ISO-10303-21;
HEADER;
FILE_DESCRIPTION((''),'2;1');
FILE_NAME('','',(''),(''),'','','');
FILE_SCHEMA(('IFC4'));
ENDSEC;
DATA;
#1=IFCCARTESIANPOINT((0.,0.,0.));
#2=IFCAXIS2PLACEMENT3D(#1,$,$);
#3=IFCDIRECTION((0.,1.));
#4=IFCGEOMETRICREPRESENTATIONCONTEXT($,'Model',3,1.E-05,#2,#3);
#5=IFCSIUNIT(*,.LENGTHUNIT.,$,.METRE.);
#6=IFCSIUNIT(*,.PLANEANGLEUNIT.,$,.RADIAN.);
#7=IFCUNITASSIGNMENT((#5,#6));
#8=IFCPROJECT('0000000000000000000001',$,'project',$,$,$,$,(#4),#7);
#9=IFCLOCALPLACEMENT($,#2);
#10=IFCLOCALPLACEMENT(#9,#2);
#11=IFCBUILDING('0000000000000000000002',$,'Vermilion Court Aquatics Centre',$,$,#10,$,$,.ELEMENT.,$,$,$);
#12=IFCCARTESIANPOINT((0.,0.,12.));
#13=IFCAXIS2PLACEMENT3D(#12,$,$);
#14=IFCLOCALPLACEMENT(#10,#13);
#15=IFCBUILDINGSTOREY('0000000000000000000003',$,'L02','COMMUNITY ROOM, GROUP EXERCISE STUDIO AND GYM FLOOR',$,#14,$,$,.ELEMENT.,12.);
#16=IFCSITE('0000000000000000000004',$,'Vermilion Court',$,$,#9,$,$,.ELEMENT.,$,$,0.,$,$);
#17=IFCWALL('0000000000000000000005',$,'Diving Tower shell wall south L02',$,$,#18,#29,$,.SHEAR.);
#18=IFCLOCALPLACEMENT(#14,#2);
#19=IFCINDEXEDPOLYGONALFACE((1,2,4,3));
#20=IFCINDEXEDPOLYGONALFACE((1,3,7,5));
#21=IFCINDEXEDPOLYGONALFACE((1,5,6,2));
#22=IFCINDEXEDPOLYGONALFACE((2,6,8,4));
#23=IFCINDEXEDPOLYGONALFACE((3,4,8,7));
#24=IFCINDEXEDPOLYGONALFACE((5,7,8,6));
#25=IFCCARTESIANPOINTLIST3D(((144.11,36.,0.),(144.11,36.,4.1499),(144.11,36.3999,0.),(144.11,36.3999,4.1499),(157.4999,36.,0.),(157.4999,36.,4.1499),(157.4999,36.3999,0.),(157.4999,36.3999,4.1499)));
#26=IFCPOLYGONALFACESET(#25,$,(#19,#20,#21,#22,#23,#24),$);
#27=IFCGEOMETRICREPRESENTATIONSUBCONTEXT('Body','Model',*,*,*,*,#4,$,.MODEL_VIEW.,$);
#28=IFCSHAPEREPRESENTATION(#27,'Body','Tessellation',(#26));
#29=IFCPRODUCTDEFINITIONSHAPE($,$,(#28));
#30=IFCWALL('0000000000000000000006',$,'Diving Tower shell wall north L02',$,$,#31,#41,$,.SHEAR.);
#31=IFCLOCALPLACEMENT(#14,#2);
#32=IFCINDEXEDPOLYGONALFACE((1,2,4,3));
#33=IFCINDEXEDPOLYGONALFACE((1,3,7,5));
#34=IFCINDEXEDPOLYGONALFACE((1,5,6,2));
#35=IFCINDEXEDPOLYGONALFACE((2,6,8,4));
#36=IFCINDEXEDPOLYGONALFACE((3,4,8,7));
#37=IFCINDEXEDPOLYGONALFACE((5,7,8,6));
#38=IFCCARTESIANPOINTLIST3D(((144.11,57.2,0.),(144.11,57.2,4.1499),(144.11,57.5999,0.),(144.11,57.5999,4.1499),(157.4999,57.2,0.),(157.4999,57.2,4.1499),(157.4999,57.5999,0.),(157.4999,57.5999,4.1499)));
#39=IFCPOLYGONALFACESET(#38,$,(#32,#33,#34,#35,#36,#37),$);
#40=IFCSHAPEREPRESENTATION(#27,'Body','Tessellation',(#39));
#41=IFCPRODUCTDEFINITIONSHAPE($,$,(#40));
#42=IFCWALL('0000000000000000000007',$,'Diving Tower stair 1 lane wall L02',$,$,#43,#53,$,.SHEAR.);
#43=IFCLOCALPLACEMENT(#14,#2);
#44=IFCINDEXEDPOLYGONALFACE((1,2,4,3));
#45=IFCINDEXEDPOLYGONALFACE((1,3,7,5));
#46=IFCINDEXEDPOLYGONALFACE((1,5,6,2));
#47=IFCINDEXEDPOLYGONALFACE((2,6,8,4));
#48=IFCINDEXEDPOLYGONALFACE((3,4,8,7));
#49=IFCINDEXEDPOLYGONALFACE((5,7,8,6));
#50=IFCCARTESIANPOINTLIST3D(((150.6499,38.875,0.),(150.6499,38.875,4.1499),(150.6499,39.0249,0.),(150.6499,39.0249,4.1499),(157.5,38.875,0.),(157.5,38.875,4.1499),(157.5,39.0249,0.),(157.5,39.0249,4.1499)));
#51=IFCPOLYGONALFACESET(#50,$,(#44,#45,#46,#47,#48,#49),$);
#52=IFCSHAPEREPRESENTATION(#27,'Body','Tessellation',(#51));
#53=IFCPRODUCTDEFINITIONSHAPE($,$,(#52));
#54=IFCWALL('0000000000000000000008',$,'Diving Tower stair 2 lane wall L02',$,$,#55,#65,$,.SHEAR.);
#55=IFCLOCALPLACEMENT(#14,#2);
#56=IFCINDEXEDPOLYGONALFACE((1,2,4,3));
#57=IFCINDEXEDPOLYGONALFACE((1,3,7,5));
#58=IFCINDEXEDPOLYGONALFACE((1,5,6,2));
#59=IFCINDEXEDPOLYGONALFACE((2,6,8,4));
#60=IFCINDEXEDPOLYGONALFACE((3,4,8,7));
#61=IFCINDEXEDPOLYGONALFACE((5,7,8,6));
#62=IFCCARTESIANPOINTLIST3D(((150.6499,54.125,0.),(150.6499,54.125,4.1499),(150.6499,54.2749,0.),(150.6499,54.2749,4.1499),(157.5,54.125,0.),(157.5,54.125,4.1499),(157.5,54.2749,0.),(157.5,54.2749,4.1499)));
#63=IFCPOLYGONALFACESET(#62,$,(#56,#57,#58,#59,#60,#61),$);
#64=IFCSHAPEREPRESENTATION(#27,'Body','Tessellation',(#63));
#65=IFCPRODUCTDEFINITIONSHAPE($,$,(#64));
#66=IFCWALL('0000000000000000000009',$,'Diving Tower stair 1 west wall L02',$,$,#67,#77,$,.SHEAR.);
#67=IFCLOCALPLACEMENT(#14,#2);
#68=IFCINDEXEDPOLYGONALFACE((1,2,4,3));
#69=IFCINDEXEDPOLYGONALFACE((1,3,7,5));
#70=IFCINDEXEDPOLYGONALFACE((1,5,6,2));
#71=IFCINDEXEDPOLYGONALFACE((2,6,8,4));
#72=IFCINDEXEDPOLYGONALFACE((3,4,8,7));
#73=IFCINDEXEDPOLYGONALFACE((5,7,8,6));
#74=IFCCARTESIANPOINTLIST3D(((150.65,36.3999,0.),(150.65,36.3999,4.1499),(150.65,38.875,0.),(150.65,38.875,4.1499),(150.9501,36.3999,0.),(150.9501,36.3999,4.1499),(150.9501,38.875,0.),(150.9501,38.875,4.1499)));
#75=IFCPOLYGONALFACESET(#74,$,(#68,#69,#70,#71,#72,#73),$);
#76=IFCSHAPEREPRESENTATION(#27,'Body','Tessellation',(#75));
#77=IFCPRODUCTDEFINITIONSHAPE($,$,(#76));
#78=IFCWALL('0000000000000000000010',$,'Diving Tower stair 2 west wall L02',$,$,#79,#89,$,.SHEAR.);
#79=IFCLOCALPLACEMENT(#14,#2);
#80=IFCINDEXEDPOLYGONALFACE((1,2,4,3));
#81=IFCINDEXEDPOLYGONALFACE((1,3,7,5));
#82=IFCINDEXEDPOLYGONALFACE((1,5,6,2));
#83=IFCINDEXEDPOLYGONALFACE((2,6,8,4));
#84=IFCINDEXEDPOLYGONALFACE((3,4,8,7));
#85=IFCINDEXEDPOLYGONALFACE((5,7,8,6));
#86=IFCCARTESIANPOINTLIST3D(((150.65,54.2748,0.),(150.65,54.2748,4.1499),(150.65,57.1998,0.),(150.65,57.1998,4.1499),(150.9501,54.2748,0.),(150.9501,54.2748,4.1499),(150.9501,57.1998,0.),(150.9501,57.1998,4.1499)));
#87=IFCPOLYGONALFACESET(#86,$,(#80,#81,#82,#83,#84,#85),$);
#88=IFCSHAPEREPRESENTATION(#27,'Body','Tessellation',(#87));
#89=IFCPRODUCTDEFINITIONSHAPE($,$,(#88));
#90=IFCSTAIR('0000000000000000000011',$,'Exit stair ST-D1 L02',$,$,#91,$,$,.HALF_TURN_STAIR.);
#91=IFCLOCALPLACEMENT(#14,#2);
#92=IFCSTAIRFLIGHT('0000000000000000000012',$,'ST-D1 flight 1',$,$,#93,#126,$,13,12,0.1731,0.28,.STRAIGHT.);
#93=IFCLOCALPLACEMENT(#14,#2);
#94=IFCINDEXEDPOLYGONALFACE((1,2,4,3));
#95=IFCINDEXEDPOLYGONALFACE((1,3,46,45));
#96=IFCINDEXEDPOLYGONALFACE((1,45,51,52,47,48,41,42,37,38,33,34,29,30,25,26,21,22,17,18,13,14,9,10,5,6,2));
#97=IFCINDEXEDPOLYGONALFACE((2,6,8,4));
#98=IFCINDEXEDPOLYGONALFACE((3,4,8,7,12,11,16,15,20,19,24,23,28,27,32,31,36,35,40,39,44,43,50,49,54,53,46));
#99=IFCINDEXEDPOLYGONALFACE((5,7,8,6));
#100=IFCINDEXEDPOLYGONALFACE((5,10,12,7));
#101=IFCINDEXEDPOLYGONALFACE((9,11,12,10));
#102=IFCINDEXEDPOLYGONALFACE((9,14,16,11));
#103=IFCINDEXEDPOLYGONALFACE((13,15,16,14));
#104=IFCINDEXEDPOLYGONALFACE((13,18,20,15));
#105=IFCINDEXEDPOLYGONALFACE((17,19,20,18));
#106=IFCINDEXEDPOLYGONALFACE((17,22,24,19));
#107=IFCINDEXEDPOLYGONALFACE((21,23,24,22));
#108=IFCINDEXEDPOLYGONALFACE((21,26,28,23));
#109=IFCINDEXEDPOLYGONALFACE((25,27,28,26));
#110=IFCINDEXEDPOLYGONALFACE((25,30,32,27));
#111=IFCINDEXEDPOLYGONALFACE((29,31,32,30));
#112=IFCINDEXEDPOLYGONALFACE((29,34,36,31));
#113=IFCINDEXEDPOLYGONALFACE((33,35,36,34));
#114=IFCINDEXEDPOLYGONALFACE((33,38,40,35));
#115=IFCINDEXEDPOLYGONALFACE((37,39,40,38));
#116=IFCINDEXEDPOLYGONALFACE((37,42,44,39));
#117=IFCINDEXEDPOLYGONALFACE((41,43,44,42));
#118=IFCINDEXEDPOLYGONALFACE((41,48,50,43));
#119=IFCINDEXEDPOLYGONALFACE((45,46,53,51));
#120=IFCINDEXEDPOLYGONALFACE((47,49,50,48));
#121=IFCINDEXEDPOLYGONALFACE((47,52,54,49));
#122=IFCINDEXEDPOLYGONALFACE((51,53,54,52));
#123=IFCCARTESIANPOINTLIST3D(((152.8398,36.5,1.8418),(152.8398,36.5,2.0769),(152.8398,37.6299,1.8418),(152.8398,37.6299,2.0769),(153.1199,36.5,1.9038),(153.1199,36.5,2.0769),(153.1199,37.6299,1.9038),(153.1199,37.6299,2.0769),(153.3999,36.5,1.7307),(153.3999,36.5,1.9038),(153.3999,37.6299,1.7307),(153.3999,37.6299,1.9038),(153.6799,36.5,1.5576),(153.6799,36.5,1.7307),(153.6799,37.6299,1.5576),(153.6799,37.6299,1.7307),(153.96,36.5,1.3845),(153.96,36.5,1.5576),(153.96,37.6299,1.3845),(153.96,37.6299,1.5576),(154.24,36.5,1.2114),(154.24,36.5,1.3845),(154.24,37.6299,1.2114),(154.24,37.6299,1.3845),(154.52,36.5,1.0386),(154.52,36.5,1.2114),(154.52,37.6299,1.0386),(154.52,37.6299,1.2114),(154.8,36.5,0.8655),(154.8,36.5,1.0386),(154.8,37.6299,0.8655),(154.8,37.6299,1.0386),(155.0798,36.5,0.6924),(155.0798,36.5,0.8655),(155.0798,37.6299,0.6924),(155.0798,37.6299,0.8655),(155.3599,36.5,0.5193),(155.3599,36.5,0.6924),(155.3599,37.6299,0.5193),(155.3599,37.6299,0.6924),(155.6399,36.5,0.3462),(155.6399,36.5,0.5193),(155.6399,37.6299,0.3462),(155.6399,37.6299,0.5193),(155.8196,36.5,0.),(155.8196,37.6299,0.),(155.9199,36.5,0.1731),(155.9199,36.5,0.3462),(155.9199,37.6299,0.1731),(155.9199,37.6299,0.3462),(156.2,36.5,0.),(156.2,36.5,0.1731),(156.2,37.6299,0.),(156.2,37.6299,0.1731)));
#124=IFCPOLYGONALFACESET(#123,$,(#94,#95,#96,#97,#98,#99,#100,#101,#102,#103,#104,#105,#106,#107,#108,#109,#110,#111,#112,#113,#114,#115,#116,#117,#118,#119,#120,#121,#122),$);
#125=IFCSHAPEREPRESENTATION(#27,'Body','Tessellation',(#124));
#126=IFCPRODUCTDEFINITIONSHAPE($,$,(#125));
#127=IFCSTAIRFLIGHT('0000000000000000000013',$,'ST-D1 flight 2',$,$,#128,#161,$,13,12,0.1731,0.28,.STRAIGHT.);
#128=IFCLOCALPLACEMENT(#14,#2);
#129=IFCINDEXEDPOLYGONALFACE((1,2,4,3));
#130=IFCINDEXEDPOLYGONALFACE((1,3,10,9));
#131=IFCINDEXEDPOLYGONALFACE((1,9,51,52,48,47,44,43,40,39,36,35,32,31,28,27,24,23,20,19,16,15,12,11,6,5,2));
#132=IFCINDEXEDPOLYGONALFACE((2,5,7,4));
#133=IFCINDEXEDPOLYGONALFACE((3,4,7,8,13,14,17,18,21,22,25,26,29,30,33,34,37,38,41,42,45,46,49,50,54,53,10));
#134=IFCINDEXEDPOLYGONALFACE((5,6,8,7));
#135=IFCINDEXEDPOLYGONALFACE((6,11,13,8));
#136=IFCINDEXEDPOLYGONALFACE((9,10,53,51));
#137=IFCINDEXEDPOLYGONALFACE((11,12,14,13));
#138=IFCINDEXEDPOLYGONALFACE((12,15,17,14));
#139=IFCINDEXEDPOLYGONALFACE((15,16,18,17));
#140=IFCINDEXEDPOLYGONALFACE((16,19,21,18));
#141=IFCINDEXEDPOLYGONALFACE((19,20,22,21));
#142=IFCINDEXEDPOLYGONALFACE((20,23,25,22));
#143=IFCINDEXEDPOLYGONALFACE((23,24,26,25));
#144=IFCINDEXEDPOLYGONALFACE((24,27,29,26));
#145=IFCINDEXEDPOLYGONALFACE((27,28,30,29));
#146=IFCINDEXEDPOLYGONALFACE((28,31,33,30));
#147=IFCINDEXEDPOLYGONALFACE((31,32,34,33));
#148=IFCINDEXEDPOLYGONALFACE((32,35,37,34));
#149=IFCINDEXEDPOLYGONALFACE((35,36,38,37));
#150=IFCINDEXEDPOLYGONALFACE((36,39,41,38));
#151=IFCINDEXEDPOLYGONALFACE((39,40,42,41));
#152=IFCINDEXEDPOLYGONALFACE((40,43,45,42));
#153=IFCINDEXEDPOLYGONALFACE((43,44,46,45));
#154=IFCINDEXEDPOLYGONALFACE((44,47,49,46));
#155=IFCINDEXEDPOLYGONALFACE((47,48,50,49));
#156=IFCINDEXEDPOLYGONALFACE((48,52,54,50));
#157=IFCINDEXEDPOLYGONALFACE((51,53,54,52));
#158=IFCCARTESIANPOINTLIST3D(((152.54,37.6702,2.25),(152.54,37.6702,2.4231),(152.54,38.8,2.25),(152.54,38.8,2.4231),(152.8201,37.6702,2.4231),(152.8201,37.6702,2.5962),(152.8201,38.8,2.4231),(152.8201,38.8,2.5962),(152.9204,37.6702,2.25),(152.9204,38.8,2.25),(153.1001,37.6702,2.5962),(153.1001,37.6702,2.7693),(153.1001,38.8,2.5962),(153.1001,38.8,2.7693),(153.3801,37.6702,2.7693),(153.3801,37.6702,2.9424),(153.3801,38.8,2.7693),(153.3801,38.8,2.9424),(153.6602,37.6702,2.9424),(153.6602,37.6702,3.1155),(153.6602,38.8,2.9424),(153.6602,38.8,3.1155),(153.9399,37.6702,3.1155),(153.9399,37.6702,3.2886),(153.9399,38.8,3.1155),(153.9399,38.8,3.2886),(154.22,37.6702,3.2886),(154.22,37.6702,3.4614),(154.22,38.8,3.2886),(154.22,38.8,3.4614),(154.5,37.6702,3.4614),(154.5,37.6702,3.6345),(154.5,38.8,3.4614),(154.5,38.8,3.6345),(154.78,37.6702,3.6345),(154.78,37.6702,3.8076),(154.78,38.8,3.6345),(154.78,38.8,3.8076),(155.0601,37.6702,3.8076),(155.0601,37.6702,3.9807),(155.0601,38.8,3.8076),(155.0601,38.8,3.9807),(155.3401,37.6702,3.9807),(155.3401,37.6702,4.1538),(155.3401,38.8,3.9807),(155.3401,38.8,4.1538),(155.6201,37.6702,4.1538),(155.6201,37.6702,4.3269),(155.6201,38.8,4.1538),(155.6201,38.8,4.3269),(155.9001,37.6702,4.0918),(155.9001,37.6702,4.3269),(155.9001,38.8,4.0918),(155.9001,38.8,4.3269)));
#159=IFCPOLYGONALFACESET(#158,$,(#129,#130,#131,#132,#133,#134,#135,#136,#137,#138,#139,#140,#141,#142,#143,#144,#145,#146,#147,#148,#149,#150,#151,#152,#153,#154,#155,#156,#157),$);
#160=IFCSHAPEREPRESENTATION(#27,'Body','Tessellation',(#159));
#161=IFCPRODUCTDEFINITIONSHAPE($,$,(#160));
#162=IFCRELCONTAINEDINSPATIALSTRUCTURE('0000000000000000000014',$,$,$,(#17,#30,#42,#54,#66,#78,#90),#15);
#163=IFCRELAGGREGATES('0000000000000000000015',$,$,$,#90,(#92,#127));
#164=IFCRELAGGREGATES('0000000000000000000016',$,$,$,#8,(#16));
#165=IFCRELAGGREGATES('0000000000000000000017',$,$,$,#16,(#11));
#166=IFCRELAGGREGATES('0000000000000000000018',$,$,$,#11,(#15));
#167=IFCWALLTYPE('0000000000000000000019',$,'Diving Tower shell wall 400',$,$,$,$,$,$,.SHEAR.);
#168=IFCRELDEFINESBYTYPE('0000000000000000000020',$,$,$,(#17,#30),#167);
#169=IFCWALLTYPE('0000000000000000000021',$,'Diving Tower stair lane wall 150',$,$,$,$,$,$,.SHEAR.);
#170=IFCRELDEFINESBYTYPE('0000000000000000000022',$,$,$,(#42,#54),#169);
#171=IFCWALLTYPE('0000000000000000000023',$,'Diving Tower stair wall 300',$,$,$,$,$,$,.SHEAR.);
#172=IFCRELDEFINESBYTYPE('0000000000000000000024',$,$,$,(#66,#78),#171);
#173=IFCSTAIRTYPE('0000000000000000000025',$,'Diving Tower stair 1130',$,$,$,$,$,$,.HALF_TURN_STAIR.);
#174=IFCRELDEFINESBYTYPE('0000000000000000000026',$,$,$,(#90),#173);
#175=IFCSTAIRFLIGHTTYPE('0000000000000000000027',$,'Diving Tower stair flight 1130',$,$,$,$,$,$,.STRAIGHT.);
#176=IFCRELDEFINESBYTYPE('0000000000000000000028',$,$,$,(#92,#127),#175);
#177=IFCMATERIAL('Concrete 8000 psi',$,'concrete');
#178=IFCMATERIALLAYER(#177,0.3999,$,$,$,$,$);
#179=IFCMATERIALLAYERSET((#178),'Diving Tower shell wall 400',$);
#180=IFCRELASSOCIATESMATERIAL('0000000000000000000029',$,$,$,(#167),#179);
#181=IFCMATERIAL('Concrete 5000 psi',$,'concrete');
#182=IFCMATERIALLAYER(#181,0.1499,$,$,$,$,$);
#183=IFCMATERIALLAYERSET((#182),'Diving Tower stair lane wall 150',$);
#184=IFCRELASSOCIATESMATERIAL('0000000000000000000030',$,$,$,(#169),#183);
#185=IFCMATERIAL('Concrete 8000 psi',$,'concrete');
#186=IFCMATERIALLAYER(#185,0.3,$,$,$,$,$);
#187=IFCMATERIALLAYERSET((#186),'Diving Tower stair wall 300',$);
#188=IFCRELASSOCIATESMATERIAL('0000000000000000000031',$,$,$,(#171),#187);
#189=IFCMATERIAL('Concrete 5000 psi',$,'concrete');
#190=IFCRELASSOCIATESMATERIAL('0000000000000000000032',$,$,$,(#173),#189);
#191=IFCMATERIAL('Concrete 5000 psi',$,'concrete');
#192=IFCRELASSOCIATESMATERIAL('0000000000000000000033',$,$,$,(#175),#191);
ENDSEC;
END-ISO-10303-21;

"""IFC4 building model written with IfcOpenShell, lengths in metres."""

from ifc_helpers import new_model, si_unit, direction, frame, frame_2d, origin, place, context, subcontext, project, spatial, polyline, rectangle, outline, extrude, material, layer, layer_set, type_object, element, aggregate, save


model = new_model("IFC4")

# Units and contexts
model_context = context("Model", 3, precision=1e-05, world=origin(), true_north=direction((0.0, 1.0)))
body_context = subcontext(model_context, "Body", "Model", "MODEL_VIEW")
ifc_project = project(units=[si_unit("LENGTHUNIT", "METRE"), si_unit("PLANEANGLEUNIT", "RADIAN")], contexts=[model_context])

# Site, building, storey
site_placement = place(None, origin())
site = spatial("IfcSite", under=ifc_project, at=site_placement, Name="Vermilion Court", CompositionType="ELEMENT", RefElevation=0.0)
building_placement = place(site_placement, origin())
building = spatial("IfcBuilding", under=site, at=building_placement, Name="Vermilion Court Aquatics Centre", CompositionType="ELEMENT")
storey_placement = place(building_placement, frame((0.0, 0.0, 12.0)))
storey = spatial("IfcBuildingStorey", under=building, at=storey_placement, Name="L02", Description="COMMUNITY ROOM, GROUP EXERCISE STUDIO AND GYM FLOOR", CompositionType="ELEMENT", Elevation=12.0)

# Walls
ifc_material_1 = material(Name="Concrete 8000 psi", Category="concrete")
ifc_layer_1 = layer(ifc_material_1, 0.3999)
ifc_layer_set_1 = layer_set([ifc_layer_1], Name="Diving Tower shell wall 400")
wall_type_1 = type_object("IfcWallType", Name="Diving Tower shell wall 400", PredefinedType="SHEAR", material=ifc_layer_set_1)
for number, where, z_axis, x_axis, name in (
    (1, (144.1101, 36.2, 0.0), (0.0, 0.0, 1.0), (1.0, 0.0, 0.0), "Diving Tower shell wall south L02"),
    (2, (144.1101, 57.3999, 0.0), (0.0, 0.0, 1.0), (1.0, 0.0, 0.0), "Diving Tower shell wall north L02"),
):
    element("IfcWall", number, at=place(storey_placement, frame(where, z_axis=z_axis, x_axis=x_axis)), inside=storey, type_object=wall_type_1, Name=name, PredefinedType="SHEAR", context=body_context, shape_type="SweptSolid", body=[
        extrude(rectangle(XDim=13.3899, YDim=0.3999, at=frame_2d((6.6948, 0.0))), origin(), (0.0, 0.0, 1.0), 4.1499),
    ])
ifc_material_2 = material(Name="Concrete 5000 psi", Category="concrete")
ifc_layer_2 = layer(ifc_material_2, 0.1499)
ifc_layer_set_2 = layer_set([ifc_layer_2], Name="Diving Tower stair lane wall 150")
wall_type_2 = type_object("IfcWallType", Name="Diving Tower stair lane wall 150", PredefinedType="SHEAR", material=ifc_layer_set_2)
for number, where, z_axis, x_axis, name in (
    (3, (150.6499, 38.95, 0.0), (0.0, 0.0, 1.0), (1.0, 0.0, 0.0), "Diving Tower stair 1 lane wall L02"),
    (4, (150.6499, 54.2, 0.0), (0.0, 0.0, 1.0), (1.0, 0.0, 0.0), "Diving Tower stair 2 lane wall L02"),
):
    element("IfcWall", number, at=place(storey_placement, frame(where, z_axis=z_axis, x_axis=x_axis)), inside=storey, type_object=wall_type_2, Name=name, PredefinedType="SHEAR", context=body_context, shape_type="SweptSolid", body=[
        extrude(rectangle(XDim=6.8501, YDim=0.1499, at=frame_2d((3.425, 0.0))), origin(), (0.0, 0.0, 1.0), 4.1499),
    ])
ifc_material_3 = material(Name="Concrete 8000 psi", Category="concrete")
ifc_layer_3 = layer(ifc_material_3, 0.3)
ifc_layer_set_3 = layer_set([ifc_layer_3], Name="Diving Tower stair wall 300")
wall_type_3 = type_object("IfcWallType", Name="Diving Tower stair wall 300", PredefinedType="SHEAR", material=ifc_layer_set_3)
wall_1_placement = place(storey_placement, frame((150.8, 36.3999, 0.0), z_axis=(0.0, 0.0, 1.0), x_axis=(0.0, 1.0, 0.0)))
element("IfcWall", 5, at=wall_1_placement, inside=storey, type_object=wall_type_3, Name="Diving Tower stair 1 west wall L02", PredefinedType="SHEAR", context=body_context, shape_type="SweptSolid", body=[
    extrude(rectangle(XDim=2.4751, YDim=0.3, at=frame_2d((1.2375, 0.0))), origin(), (0.0, 0.0, 1.0), 4.1499),
])
wall_2_placement = place(storey_placement, frame((150.8, 54.2749, 0.0), z_axis=(0.0, 0.0, 1.0), x_axis=(0.0, 1.0, 0.0)))
element("IfcWall", 6, at=wall_2_placement, inside=storey, type_object=wall_type_3, Name="Diving Tower stair 2 west wall L02", PredefinedType="SHEAR", context=body_context, shape_type="SweptSolid", body=[
    extrude(rectangle(XDim=2.925, YDim=0.3, at=frame_2d((1.4624, 0.0))), origin(), (0.0, 0.0, 1.0), 4.1499),
])

# Stair, stair flights
ifc_material_4 = material(Name="Concrete 5000 psi", Category="concrete")
stair_type = type_object("IfcStairType", Name="Diving Tower stair 1130", PredefinedType="HALF_TURN_STAIR", material=ifc_material_4)
stair_1_placement = place(storey_placement, origin())
stair_1 = element("IfcStair", 7, at=stair_1_placement, inside=storey, type_object=stair_type, Name="Exit stair ST-D1 L02", PredefinedType="HALF_TURN_STAIR")
ifc_material_5 = material(Name="Concrete 5000 psi", Category="concrete")
stair_flight_type = type_object("IfcStairFlightType", Name="Diving Tower stair flight 1130", PredefinedType="STRAIGHT", material=ifc_material_5)
stair_flight_1_placement = place(storey_placement, frame((156.2, 37.0649, 0.0), z_axis=(0.0, 0.0, 1.0), x_axis=(-1.0, 0.0, 0.0)))
stair_flight_1 = element("IfcStairFlight", 8, at=stair_flight_1_placement, type_object=stair_flight_type, Name="ST-D1 flight 1", NumberOfRisers=13, NumberOfTreads=12, PredefinedType="STRAIGHT", RiserHeight=0.1731, TreadLength=0.28, context=body_context, shape_type="SweptSolid", body=[
    extrude(outline(polyline([(0.0, 0.0), (0.0, 0.1731), (0.28, 0.1731), (0.28, 0.3462), (0.5601, 0.3462), (0.5601, 0.5193), (0.8401, 0.5193), (0.8401, 0.6924), (1.1201, 0.6924), (1.1201, 0.8655), (1.3999, 0.8655), (1.3999, 1.0386), (1.6799, 1.0386), (1.6799, 1.2114), (1.96, 1.2114), (1.96, 1.3845), (2.24, 1.3845), (2.24, 1.5576), (2.52, 1.5576), (2.52, 1.7307), (2.8, 1.7307), (2.8, 1.9038), (3.0801, 1.9038), (3.0801, 2.0769), (3.3601, 2.0769), (3.3601, 2.25), (3.3601, 1.8418), (0.3804, 0.0), (0.0, 0.0)])), frame((0.0, 0.5649, 0.0), z_axis=(0.0, -1.0, 0.0), x_axis=(1.0, 0.0, 0.0)), (0.0, 0.0, 1.0), 1.1299),
])
stair_flight_2_placement = place(storey_placement, frame((152.54, 38.2351, 2.25), z_axis=(0.0, 0.0, 1.0), x_axis=(1.0, 0.0, 0.0)))
stair_flight_2 = element("IfcStairFlight", 9, at=stair_flight_2_placement, type_object=stair_flight_type, Name="ST-D1 flight 2", NumberOfRisers=13, NumberOfTreads=12, PredefinedType="STRAIGHT", RiserHeight=0.1731, TreadLength=0.28, context=body_context, shape_type="SweptSolid", body=[
    extrude(outline(polyline([(0.0, 0.0), (0.0, 0.1731), (0.28, 0.1731), (0.28, 0.3462), (0.5601, 0.3462), (0.5601, 0.5193), (0.8401, 0.5193), (0.8401, 0.6924), (1.1201, 0.6924), (1.1201, 0.8655), (1.3999, 0.8655), (1.3999, 1.0386), (1.6799, 1.0386), (1.6799, 1.2114), (1.96, 1.2114), (1.96, 1.3845), (2.24, 1.3845), (2.24, 1.5576), (2.52, 1.5576), (2.52, 1.7307), (2.8, 1.7307), (2.8, 1.9038), (3.0801, 1.9038), (3.0801, 2.0769), (3.3601, 2.0769), (3.3601, 2.25), (3.3601, 1.8418), (0.3804, 0.0), (0.0, 0.0)])), frame((0.0, 0.5649, 0.0), z_axis=(0.0, -1.0, 0.0), x_axis=(1.0, 0.0, 0.0)), (0.0, 0.0, 1.0), 1.1299),
])
aggregate(stair_1, [stair_flight_1, stair_flight_2])

save(model, "model.ifc")
